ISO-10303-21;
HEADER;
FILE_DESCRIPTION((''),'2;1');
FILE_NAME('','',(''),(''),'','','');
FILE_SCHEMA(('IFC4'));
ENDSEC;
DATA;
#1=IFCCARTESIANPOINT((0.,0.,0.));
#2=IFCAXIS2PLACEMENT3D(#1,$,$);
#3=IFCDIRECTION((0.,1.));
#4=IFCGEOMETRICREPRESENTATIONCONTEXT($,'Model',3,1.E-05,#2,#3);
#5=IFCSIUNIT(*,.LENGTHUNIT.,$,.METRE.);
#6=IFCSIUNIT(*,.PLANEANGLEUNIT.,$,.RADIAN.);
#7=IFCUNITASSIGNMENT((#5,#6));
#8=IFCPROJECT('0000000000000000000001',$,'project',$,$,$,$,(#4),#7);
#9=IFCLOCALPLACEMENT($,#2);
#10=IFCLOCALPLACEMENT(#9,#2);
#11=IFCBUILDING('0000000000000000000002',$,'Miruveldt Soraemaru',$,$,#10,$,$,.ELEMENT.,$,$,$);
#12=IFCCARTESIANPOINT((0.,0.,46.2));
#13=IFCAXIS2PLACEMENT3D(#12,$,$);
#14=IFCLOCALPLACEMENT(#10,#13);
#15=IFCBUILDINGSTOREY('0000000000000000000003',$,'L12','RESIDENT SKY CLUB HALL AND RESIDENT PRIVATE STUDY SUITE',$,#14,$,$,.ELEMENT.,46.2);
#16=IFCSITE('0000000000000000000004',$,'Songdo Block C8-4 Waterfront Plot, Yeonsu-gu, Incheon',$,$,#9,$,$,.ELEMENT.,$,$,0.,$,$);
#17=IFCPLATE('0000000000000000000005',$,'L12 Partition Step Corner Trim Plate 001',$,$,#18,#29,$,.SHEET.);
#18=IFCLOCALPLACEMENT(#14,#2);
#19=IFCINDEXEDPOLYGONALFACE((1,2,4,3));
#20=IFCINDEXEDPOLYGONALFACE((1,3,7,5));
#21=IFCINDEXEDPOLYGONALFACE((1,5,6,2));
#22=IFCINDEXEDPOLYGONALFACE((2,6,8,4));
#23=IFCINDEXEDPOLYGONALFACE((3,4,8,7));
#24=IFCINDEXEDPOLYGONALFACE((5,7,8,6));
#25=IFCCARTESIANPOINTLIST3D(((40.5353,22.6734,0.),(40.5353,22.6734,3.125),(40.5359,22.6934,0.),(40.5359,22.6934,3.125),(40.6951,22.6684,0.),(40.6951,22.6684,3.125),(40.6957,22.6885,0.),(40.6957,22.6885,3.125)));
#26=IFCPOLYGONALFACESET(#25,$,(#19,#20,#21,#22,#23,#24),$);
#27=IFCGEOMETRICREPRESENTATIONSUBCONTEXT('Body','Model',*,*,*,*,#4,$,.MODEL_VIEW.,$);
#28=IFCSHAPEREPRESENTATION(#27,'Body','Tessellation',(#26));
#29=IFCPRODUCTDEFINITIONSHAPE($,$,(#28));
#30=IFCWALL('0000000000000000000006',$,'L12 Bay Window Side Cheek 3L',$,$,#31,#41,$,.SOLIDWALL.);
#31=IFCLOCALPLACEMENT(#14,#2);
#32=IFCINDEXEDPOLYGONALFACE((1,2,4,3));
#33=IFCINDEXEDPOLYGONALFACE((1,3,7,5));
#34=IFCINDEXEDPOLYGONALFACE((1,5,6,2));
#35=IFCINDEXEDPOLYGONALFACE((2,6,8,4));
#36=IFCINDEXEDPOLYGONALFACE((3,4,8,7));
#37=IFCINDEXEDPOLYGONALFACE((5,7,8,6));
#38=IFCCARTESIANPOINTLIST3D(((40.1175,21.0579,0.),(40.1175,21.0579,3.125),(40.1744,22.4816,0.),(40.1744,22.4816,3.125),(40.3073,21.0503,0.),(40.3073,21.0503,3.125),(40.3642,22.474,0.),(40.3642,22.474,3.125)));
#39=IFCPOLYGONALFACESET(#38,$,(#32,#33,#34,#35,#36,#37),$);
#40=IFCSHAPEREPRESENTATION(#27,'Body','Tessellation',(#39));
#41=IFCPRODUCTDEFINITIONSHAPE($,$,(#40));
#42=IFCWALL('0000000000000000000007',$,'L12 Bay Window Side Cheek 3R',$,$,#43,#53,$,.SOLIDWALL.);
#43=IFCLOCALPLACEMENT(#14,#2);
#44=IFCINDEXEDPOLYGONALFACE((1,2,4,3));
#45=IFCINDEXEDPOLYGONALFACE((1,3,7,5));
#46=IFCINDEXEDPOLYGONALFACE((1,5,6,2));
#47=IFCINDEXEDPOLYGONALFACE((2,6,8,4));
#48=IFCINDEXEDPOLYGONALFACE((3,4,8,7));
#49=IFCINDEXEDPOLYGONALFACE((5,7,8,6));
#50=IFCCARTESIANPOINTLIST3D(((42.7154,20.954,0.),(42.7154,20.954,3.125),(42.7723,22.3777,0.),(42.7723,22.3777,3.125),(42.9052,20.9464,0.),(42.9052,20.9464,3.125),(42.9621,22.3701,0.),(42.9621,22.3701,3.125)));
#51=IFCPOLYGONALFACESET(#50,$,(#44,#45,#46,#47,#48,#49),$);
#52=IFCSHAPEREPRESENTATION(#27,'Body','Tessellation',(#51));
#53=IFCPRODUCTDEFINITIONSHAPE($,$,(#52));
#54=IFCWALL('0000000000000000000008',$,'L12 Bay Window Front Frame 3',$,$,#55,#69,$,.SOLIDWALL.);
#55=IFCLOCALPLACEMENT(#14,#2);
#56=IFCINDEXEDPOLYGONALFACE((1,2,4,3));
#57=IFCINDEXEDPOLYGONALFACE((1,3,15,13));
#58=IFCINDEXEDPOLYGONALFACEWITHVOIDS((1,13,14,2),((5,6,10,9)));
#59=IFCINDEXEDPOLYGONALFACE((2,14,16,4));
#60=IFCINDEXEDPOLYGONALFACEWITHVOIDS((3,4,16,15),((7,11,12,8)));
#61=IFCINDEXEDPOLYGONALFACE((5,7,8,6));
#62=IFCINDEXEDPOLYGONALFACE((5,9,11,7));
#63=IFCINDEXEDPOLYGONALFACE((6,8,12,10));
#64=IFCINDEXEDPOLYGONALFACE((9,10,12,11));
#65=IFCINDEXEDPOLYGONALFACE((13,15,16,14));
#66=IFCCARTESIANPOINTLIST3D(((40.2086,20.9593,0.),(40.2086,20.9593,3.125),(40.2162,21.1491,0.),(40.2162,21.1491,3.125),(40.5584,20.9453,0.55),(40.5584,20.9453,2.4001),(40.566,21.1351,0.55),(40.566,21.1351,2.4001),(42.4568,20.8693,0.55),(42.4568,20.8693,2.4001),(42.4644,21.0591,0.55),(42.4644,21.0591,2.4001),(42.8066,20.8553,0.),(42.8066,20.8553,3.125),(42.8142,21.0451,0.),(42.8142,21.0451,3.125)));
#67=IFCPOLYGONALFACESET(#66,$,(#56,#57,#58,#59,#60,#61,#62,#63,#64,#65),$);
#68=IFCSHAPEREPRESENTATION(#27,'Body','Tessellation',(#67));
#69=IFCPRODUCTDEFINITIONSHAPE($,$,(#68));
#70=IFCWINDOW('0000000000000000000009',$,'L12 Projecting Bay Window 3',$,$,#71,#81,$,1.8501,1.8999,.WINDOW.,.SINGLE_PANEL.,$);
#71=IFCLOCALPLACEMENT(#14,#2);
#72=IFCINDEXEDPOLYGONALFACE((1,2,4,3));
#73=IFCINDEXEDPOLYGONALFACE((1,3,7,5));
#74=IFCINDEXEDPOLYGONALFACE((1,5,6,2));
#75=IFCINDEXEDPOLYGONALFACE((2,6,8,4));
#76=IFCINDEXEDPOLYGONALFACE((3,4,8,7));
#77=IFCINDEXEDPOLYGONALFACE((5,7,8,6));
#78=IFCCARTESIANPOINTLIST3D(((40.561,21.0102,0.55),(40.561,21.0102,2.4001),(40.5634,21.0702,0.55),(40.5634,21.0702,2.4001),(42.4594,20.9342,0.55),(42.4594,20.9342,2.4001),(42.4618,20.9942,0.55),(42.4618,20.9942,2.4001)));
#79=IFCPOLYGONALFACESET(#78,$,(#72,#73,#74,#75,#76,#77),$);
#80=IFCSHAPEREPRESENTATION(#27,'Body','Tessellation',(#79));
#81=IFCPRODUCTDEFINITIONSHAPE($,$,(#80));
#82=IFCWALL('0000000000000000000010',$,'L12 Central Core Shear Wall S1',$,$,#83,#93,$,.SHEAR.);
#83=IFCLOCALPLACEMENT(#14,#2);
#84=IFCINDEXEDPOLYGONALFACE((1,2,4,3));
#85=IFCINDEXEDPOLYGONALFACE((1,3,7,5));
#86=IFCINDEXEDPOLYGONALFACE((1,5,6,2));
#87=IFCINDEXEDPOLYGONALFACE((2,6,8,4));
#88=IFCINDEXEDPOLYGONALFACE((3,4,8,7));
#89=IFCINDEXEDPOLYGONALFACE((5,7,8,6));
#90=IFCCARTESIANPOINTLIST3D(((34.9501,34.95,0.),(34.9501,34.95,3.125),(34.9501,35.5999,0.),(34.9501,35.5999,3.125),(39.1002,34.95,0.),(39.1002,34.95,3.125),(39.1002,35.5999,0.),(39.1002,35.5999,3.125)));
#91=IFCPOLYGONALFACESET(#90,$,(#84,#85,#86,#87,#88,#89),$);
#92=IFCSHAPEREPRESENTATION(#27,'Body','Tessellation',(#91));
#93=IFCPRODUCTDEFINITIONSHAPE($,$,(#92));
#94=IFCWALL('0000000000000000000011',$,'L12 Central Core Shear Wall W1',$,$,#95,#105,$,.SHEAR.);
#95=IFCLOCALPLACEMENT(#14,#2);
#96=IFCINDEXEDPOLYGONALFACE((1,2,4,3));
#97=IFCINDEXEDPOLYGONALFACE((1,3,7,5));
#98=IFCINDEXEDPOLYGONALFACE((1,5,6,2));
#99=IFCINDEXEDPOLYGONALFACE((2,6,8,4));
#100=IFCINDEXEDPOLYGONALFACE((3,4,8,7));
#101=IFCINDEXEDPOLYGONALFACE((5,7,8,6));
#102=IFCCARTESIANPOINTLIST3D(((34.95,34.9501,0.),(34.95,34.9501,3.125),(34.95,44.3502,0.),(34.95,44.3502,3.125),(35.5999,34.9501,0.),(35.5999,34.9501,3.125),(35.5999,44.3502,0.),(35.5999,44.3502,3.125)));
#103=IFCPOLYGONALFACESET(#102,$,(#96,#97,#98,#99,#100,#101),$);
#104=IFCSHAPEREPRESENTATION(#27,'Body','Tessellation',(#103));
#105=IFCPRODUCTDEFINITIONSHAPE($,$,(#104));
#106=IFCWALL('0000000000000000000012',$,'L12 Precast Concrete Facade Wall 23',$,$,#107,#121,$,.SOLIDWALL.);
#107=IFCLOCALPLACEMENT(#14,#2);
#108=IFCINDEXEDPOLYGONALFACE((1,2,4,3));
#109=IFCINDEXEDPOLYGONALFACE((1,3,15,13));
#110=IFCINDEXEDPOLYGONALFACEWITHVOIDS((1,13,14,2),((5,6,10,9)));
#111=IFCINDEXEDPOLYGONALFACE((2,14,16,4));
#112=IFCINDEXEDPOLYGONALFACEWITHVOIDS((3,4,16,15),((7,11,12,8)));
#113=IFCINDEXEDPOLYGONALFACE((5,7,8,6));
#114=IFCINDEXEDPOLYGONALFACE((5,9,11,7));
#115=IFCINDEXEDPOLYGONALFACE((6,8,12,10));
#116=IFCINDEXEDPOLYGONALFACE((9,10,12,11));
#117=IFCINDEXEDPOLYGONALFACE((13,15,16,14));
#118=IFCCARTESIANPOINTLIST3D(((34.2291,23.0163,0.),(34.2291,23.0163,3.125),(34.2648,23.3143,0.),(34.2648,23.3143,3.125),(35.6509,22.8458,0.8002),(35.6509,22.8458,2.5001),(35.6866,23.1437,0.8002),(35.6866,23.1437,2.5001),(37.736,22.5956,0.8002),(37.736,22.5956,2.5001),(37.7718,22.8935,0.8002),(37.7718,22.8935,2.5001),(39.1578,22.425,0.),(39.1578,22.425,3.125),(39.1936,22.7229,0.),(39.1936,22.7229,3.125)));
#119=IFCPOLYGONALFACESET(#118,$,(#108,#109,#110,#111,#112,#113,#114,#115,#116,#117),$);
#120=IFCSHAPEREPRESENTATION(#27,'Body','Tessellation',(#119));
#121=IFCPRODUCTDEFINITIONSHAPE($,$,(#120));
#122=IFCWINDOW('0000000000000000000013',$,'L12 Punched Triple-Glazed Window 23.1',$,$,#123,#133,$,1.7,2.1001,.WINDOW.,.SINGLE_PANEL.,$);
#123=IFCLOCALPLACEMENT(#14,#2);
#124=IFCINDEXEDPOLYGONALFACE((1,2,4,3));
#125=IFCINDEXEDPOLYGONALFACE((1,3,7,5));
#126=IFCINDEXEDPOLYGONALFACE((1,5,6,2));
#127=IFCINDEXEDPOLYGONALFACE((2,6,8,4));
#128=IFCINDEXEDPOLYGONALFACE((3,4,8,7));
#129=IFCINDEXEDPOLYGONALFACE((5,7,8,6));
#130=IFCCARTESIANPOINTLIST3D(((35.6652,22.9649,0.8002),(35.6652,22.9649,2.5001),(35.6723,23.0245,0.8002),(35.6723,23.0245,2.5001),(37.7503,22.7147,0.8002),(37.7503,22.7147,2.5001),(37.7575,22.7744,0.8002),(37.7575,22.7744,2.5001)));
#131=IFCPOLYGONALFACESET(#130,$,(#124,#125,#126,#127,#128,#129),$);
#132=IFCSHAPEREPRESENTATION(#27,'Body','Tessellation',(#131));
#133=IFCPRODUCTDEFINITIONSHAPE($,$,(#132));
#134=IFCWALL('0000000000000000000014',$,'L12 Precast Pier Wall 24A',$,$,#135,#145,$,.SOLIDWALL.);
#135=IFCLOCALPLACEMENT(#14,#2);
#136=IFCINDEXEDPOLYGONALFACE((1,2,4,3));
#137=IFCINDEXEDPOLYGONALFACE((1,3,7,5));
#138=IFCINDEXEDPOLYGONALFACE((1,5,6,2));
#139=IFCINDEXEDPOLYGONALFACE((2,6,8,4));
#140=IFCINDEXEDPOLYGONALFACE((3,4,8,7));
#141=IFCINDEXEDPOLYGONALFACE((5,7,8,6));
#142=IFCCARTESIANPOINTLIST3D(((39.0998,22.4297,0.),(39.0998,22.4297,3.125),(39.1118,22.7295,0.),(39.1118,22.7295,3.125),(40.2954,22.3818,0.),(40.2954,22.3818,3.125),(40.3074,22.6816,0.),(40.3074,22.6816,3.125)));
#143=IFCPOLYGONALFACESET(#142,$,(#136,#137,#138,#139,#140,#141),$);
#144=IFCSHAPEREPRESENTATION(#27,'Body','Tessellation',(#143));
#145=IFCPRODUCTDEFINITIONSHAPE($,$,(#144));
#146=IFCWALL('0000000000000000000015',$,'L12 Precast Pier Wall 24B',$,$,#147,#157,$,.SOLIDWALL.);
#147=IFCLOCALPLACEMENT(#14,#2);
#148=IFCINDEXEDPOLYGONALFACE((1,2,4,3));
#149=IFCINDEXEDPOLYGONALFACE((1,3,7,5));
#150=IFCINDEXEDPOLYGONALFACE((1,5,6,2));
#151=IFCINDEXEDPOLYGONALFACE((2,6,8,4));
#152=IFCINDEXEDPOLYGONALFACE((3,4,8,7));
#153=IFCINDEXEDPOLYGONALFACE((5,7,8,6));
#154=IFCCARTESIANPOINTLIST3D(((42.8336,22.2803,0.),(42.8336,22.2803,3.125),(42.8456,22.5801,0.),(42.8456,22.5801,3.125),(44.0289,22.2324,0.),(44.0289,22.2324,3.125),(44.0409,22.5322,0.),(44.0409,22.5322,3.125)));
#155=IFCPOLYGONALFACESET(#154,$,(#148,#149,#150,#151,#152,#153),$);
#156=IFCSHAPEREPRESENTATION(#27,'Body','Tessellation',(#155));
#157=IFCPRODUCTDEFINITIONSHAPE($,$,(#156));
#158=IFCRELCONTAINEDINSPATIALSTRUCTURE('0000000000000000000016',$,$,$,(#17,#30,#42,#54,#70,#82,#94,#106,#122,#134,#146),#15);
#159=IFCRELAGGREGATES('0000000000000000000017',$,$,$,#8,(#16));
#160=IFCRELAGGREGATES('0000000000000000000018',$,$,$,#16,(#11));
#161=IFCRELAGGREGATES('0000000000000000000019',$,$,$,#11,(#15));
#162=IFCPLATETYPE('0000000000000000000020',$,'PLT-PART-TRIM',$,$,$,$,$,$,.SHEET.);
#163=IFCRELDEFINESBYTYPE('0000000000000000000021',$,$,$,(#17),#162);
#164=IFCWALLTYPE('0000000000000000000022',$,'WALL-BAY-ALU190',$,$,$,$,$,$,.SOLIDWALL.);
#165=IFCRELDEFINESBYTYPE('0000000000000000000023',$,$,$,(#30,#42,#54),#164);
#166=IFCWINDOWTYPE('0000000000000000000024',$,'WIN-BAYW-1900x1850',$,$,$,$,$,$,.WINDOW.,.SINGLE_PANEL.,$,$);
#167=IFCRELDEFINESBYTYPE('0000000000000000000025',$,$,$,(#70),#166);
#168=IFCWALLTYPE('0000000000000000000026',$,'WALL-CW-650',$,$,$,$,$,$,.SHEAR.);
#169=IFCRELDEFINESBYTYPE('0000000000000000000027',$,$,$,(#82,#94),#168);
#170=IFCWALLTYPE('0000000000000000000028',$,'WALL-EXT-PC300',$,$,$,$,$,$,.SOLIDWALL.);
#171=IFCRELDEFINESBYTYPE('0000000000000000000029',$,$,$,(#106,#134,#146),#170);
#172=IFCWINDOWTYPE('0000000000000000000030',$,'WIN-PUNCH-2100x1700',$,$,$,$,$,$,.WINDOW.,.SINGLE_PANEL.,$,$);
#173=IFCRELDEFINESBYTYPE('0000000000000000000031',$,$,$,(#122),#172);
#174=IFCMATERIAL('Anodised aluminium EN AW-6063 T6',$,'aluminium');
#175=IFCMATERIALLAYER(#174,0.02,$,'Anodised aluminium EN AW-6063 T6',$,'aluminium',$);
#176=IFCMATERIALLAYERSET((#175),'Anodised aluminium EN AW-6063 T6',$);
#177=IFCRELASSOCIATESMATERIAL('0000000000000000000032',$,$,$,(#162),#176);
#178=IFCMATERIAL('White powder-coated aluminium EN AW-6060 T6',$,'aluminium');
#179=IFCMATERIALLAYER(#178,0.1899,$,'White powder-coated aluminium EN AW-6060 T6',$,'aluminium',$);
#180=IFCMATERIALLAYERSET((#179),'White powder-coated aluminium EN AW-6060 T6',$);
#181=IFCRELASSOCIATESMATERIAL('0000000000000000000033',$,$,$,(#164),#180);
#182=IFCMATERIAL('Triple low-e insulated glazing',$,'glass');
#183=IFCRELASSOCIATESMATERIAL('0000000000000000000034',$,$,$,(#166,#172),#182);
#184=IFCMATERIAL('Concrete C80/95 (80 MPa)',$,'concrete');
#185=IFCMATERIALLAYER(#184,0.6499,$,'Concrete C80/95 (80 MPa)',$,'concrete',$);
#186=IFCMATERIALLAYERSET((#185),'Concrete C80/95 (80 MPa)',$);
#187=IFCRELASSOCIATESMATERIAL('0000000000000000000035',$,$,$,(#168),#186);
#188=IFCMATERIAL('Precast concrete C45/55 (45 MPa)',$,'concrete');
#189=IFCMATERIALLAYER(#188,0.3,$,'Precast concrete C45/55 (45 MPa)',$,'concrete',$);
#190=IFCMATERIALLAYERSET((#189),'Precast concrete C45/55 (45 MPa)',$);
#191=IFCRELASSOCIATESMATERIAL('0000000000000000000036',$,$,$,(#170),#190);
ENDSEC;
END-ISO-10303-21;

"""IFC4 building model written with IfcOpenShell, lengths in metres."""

from ifc_helpers import new_model, si_unit, direction, frame, frame_2d, origin, origin_2d, place, context, subcontext, project, spatial, rectangle, extrude, material, layer, layer_set, type_object, element, fill, save


model = new_model("IFC4")

# Units and contexts
model_context = context("Model", 3, precision=1e-05, world=origin(), true_north=direction((0.0, 1.0)))
body_context = subcontext(model_context, "Body", "Model", "MODEL_VIEW")
ifc_project = project(units=[si_unit("LENGTHUNIT", "METRE"), si_unit("PLANEANGLEUNIT", "RADIAN")], contexts=[model_context])

# Site, building, storey
site_placement = place(None, origin())
site = spatial("IfcSite", under=ifc_project, at=site_placement, Name="Songdo Block C8-4 Waterfront Plot, Yeonsu-gu, Incheon", CompositionType="ELEMENT", RefElevation=0.0)
building_placement = place(site_placement, origin())
building = spatial("IfcBuilding", under=site, at=building_placement, Name="Miruveldt Soraemaru", CompositionType="ELEMENT")
storey_placement = place(building_placement, frame((0.0, 0.0, 46.2)))
storey = spatial("IfcBuildingStorey", under=building, at=storey_placement, Name="L12", Description="RESIDENT SKY CLUB HALL AND RESIDENT PRIVATE STUDY SUITE", CompositionType="ELEMENT", Elevation=46.2)

# Plate
ifc_material_1 = material(Name="Anodised aluminium EN AW-6063 T6", Category="aluminium")
ifc_layer_1 = layer(ifc_material_1, 0.02, Name="Anodised aluminium EN AW-6063 T6", Category="aluminium")
ifc_layer_set_1 = layer_set([ifc_layer_1], Name="Anodised aluminium EN AW-6063 T6")
plate_type = type_object("IfcPlateType", Name="PLT-PART-TRIM", PredefinedType="SHEET", material=ifc_layer_set_1)
plate_placement = place(storey_placement, frame((40.6155, 22.6809, 0.0), z_axis=(0.0, 0.0, 1.0), x_axis=(-0.999528, 0.030713, 0.0)))
element("IfcPlate", 1, at=plate_placement, inside=storey, type_object=plate_type, Name="L12 Partition Step Corner Trim Plate 001", PredefinedType="SHEET", context=body_context, shape_type="SweptSolid", body=[
    extrude(rectangle(XDim=0.1599, YDim=0.02, at=origin_2d()), origin(), (0.0, 0.0, 1.0), 3.125),
])

# Walls
ifc_material_2 = material(Name="White powder-coated aluminium EN AW-6060 T6", Category="aluminium")
ifc_layer_2 = layer(ifc_material_2, 0.1899, Name="White powder-coated aluminium EN AW-6060 T6", Category="aluminium")
ifc_layer_set_2 = layer_set([ifc_layer_2], Name="White powder-coated aluminium EN AW-6060 T6")
wall_type_1 = type_object("IfcWallType", Name="WALL-BAY-ALU190", PredefinedType="SOLIDWALL", material=ifc_layer_set_2)
for number, where, z_axis, x_axis, name in (
    (2, (40.2693, 22.4778, 0.0), (0.0, 0.0, 1.0), (-0.039927, -0.999203, 0.0), "L12 Bay Window Side Cheek 3L"),
    (3, (42.8103, 20.9502, 0.0), (0.0, 0.0, 1.0), (0.039927, 0.999203, 0.0), "L12 Bay Window Side Cheek 3R"),
):
    element("IfcWall", number, at=place(storey_placement, frame(where, z_axis=z_axis, x_axis=x_axis)), inside=storey, type_object=wall_type_1, Name=name, PredefinedType="SOLIDWALL", context=body_context, shape_type="SweptSolid", body=[
        extrude(rectangle(XDim=1.4248, YDim=0.1899, at=frame_2d((0.7124, 0.0))), origin(), (0.0, 0.0, 1.0), 3.125),
    ])

# Wall, opening, window
wall_1_placement = place(storey_placement, frame((40.2124, 21.0542, 0.0), z_axis=(0.0, 0.0, 1.0), x_axis=(0.9992, -0.040002, 0.0)))
wall_1 = element("IfcWall", 4, at=wall_1_placement, inside=storey, type_object=wall_type_1, Name="L12 Bay Window Front Frame 3", PredefinedType="SOLIDWALL", context=body_context, shape_type="SweptSolid", body=[
    extrude(rectangle(XDim=2.6001, YDim=0.1899, at=frame_2d((1.3, 0.0))), origin(), (0.0, 0.0, 1.0), 3.125),
])
opening_1_placement = place(wall_1_placement, frame((0.3501, 0.0, 0.55)))
opening_1 = element("IfcOpeningElement", 5, at=opening_1_placement, cuts=wall_1, PredefinedType="OPENING", context=body_context, shape_type="SweptSolid", body=[
    extrude(rectangle(XDim=1.8999, YDim=1.8501, at=frame_2d((0.95, 0.925))), frame((0.0, 0.105, 0.0), z_axis=(0.0, -1.0, 0.0), x_axis=(1.0, 0.0, 0.0)), (0.0, 0.0, 1.0), 0.21),
])
ifc_material_3 = material(Name="Triple low-e insulated glazing", Category="glass")
window_type_1 = type_object("IfcWindowType", Name="WIN-BAYW-1900x1850", PartitioningType="SINGLE_PANEL", PredefinedType="WINDOW", material=ifc_material_3)
window_1_placement = place(opening_1_placement, origin())
window_1 = element("IfcWindow", 6, at=window_1_placement, inside=storey, type_object=window_type_1, Name="L12 Projecting Bay Window 3", OverallHeight=1.8501, OverallWidth=1.8999, PartitioningType="SINGLE_PANEL", PredefinedType="WINDOW", context=body_context, shape_type="SweptSolid", body=[
    extrude(rectangle(XDim=1.8999, YDim=1.8501, at=frame_2d((0.95, 0.925))), frame((0.0, 0.03, 0.0), z_axis=(0.0, -1.0, 0.0), x_axis=(1.0, 0.0, 0.0)), (0.0, 0.0, 1.0), 0.0601),
])
fill(opening_1, window_1)

# Walls
ifc_material_4 = material(Name="Concrete C80/95 (80 MPa)", Category="concrete")
ifc_layer_3 = layer(ifc_material_4, 0.6499, Name="Concrete C80/95 (80 MPa)", Category="concrete")
ifc_layer_set_3 = layer_set([ifc_layer_3], Name="Concrete C80/95 (80 MPa)")
wall_type_2 = type_object("IfcWallType", Name="WALL-CW-650", PredefinedType="SHEAR", material=ifc_layer_set_3)
wall_2_placement = place(storey_placement, frame((34.95, 35.2749, 0.0), z_axis=(0.0, 0.0, 1.0), x_axis=(1.0, 0.0, 0.0)))
element("IfcWall", 7, at=wall_2_placement, inside=storey, type_object=wall_type_2, Name="L12 Central Core Shear Wall S1", PredefinedType="SHEAR", context=body_context, shape_type="SweptSolid", body=[
    extrude(rectangle(XDim=4.1501, YDim=0.6499, at=frame_2d((2.0752, 0.0))), origin(), (0.0, 0.0, 1.0), 3.125),
])
wall_3_placement = place(storey_placement, frame((35.2749, 34.95, 0.0), z_axis=(0.0, 0.0, 1.0), x_axis=(0.0, 1.0, 0.0)))
element("IfcWall", 8, at=wall_3_placement, inside=storey, type_object=wall_type_2, Name="L12 Central Core Shear Wall W1", PredefinedType="SHEAR", context=body_context, shape_type="SweptSolid", body=[
    extrude(rectangle(XDim=9.4001, YDim=0.6499, at=frame_2d((4.7002, 0.0))), origin(), (0.0, 0.0, 1.0), 3.125),
])

# Wall, opening, window
ifc_material_5 = material(Name="Precast concrete C45/55 (45 MPa)", Category="concrete")
ifc_layer_4 = layer(ifc_material_5, 0.3, Name="Precast concrete C45/55 (45 MPa)", Category="concrete")
ifc_layer_set_4 = layer_set([ifc_layer_4], Name="Precast concrete C45/55 (45 MPa)")
wall_type_3 = type_object("IfcWallType", Name="WALL-EXT-PC300", PredefinedType="SOLIDWALL", material=ifc_layer_set_4)
wall_4_placement = place(storey_placement, frame((34.2471, 23.1653, 0.0), z_axis=(0.0, 0.0, 1.0), x_axis=(0.99288, -0.119118, 0.0)))
wall_4 = element("IfcWall", 9, at=wall_4_placement, inside=storey, type_object=wall_type_3, Name="L12 Precast Concrete Facade Wall 23", PredefinedType="SOLIDWALL", context=body_context, shape_type="SweptSolid", body=[
    extrude(rectangle(XDim=4.9641, YDim=0.3, at=frame_2d((2.4819, 0.0))), origin(), (0.0, 0.0, 1.0), 3.125),
])
opening_2_placement = place(wall_4_placement, frame((1.4319, 0.0, 0.8)))
opening_2 = element("IfcOpeningElement", 10, at=opening_2_placement, cuts=wall_4, PredefinedType="OPENING", context=body_context, shape_type="SweptSolid", body=[
    extrude(rectangle(XDim=2.1001, YDim=1.7, at=frame_2d((1.05, 0.8501))), frame((0.0, 0.1602, 0.0), z_axis=(0.0, -1.0, 0.0), x_axis=(1.0, 0.0, 0.0)), (0.0, 0.0, 1.0), 0.3201),
])
window_type_2 = type_object("IfcWindowType", Name="WIN-PUNCH-2100x1700", PartitioningType="SINGLE_PANEL", PredefinedType="WINDOW", material=ifc_material_3)
window_2_placement = place(opening_2_placement, origin())
window_2 = element("IfcWindow", 11, at=window_2_placement, inside=storey, type_object=window_type_2, Name="L12 Punched Triple-Glazed Window 23.1", OverallHeight=1.7, OverallWidth=2.1001, PartitioningType="SINGLE_PANEL", PredefinedType="WINDOW", context=body_context, shape_type="SweptSolid", body=[
    extrude(rectangle(XDim=2.1001, YDim=1.7, at=frame_2d((1.05, 0.8501))), frame((0.0, 0.03, 0.0), z_axis=(0.0, -1.0, 0.0), x_axis=(1.0, 0.0, 0.0)), (0.0, 0.0, 1.0), 0.0601),
])
fill(opening_2, window_2)

# Walls
wall_5_placement = place(storey_placement, frame((39.106, 22.5796, 0.0), z_axis=(0.0, 0.0, 1.0), x_axis=(0.9992, -0.039992, 0.0)))
element("IfcWall", 12, at=wall_5_placement, inside=storey, type_object=wall_type_3, Name="L12 Precast Pier Wall 24A", PredefinedType="SOLIDWALL", context=body_context, shape_type="SweptSolid", body=[
    extrude(rectangle(XDim=1.1965, YDim=0.3, at=frame_2d((0.5981, 0.0))), origin(), (0.0, 0.0, 1.0), 3.125),
])
wall_6_placement = place(storey_placement, frame((42.8396, 22.4302, 0.0), z_axis=(0.0, 0.0, 1.0), x_axis=(0.9992, -0.040001, 0.0)))
element("IfcWall", 13, at=wall_6_placement, inside=storey, type_object=wall_type_3, Name="L12 Precast Pier Wall 24B", PredefinedType="SOLIDWALL", context=body_context, shape_type="SweptSolid", body=[
    extrude(rectangle(XDim=1.1963, YDim=0.3, at=frame_2d((0.5981, 0.0))), origin(), (0.0, 0.0, 1.0), 3.125),
])

save(model, "model.ifc")
